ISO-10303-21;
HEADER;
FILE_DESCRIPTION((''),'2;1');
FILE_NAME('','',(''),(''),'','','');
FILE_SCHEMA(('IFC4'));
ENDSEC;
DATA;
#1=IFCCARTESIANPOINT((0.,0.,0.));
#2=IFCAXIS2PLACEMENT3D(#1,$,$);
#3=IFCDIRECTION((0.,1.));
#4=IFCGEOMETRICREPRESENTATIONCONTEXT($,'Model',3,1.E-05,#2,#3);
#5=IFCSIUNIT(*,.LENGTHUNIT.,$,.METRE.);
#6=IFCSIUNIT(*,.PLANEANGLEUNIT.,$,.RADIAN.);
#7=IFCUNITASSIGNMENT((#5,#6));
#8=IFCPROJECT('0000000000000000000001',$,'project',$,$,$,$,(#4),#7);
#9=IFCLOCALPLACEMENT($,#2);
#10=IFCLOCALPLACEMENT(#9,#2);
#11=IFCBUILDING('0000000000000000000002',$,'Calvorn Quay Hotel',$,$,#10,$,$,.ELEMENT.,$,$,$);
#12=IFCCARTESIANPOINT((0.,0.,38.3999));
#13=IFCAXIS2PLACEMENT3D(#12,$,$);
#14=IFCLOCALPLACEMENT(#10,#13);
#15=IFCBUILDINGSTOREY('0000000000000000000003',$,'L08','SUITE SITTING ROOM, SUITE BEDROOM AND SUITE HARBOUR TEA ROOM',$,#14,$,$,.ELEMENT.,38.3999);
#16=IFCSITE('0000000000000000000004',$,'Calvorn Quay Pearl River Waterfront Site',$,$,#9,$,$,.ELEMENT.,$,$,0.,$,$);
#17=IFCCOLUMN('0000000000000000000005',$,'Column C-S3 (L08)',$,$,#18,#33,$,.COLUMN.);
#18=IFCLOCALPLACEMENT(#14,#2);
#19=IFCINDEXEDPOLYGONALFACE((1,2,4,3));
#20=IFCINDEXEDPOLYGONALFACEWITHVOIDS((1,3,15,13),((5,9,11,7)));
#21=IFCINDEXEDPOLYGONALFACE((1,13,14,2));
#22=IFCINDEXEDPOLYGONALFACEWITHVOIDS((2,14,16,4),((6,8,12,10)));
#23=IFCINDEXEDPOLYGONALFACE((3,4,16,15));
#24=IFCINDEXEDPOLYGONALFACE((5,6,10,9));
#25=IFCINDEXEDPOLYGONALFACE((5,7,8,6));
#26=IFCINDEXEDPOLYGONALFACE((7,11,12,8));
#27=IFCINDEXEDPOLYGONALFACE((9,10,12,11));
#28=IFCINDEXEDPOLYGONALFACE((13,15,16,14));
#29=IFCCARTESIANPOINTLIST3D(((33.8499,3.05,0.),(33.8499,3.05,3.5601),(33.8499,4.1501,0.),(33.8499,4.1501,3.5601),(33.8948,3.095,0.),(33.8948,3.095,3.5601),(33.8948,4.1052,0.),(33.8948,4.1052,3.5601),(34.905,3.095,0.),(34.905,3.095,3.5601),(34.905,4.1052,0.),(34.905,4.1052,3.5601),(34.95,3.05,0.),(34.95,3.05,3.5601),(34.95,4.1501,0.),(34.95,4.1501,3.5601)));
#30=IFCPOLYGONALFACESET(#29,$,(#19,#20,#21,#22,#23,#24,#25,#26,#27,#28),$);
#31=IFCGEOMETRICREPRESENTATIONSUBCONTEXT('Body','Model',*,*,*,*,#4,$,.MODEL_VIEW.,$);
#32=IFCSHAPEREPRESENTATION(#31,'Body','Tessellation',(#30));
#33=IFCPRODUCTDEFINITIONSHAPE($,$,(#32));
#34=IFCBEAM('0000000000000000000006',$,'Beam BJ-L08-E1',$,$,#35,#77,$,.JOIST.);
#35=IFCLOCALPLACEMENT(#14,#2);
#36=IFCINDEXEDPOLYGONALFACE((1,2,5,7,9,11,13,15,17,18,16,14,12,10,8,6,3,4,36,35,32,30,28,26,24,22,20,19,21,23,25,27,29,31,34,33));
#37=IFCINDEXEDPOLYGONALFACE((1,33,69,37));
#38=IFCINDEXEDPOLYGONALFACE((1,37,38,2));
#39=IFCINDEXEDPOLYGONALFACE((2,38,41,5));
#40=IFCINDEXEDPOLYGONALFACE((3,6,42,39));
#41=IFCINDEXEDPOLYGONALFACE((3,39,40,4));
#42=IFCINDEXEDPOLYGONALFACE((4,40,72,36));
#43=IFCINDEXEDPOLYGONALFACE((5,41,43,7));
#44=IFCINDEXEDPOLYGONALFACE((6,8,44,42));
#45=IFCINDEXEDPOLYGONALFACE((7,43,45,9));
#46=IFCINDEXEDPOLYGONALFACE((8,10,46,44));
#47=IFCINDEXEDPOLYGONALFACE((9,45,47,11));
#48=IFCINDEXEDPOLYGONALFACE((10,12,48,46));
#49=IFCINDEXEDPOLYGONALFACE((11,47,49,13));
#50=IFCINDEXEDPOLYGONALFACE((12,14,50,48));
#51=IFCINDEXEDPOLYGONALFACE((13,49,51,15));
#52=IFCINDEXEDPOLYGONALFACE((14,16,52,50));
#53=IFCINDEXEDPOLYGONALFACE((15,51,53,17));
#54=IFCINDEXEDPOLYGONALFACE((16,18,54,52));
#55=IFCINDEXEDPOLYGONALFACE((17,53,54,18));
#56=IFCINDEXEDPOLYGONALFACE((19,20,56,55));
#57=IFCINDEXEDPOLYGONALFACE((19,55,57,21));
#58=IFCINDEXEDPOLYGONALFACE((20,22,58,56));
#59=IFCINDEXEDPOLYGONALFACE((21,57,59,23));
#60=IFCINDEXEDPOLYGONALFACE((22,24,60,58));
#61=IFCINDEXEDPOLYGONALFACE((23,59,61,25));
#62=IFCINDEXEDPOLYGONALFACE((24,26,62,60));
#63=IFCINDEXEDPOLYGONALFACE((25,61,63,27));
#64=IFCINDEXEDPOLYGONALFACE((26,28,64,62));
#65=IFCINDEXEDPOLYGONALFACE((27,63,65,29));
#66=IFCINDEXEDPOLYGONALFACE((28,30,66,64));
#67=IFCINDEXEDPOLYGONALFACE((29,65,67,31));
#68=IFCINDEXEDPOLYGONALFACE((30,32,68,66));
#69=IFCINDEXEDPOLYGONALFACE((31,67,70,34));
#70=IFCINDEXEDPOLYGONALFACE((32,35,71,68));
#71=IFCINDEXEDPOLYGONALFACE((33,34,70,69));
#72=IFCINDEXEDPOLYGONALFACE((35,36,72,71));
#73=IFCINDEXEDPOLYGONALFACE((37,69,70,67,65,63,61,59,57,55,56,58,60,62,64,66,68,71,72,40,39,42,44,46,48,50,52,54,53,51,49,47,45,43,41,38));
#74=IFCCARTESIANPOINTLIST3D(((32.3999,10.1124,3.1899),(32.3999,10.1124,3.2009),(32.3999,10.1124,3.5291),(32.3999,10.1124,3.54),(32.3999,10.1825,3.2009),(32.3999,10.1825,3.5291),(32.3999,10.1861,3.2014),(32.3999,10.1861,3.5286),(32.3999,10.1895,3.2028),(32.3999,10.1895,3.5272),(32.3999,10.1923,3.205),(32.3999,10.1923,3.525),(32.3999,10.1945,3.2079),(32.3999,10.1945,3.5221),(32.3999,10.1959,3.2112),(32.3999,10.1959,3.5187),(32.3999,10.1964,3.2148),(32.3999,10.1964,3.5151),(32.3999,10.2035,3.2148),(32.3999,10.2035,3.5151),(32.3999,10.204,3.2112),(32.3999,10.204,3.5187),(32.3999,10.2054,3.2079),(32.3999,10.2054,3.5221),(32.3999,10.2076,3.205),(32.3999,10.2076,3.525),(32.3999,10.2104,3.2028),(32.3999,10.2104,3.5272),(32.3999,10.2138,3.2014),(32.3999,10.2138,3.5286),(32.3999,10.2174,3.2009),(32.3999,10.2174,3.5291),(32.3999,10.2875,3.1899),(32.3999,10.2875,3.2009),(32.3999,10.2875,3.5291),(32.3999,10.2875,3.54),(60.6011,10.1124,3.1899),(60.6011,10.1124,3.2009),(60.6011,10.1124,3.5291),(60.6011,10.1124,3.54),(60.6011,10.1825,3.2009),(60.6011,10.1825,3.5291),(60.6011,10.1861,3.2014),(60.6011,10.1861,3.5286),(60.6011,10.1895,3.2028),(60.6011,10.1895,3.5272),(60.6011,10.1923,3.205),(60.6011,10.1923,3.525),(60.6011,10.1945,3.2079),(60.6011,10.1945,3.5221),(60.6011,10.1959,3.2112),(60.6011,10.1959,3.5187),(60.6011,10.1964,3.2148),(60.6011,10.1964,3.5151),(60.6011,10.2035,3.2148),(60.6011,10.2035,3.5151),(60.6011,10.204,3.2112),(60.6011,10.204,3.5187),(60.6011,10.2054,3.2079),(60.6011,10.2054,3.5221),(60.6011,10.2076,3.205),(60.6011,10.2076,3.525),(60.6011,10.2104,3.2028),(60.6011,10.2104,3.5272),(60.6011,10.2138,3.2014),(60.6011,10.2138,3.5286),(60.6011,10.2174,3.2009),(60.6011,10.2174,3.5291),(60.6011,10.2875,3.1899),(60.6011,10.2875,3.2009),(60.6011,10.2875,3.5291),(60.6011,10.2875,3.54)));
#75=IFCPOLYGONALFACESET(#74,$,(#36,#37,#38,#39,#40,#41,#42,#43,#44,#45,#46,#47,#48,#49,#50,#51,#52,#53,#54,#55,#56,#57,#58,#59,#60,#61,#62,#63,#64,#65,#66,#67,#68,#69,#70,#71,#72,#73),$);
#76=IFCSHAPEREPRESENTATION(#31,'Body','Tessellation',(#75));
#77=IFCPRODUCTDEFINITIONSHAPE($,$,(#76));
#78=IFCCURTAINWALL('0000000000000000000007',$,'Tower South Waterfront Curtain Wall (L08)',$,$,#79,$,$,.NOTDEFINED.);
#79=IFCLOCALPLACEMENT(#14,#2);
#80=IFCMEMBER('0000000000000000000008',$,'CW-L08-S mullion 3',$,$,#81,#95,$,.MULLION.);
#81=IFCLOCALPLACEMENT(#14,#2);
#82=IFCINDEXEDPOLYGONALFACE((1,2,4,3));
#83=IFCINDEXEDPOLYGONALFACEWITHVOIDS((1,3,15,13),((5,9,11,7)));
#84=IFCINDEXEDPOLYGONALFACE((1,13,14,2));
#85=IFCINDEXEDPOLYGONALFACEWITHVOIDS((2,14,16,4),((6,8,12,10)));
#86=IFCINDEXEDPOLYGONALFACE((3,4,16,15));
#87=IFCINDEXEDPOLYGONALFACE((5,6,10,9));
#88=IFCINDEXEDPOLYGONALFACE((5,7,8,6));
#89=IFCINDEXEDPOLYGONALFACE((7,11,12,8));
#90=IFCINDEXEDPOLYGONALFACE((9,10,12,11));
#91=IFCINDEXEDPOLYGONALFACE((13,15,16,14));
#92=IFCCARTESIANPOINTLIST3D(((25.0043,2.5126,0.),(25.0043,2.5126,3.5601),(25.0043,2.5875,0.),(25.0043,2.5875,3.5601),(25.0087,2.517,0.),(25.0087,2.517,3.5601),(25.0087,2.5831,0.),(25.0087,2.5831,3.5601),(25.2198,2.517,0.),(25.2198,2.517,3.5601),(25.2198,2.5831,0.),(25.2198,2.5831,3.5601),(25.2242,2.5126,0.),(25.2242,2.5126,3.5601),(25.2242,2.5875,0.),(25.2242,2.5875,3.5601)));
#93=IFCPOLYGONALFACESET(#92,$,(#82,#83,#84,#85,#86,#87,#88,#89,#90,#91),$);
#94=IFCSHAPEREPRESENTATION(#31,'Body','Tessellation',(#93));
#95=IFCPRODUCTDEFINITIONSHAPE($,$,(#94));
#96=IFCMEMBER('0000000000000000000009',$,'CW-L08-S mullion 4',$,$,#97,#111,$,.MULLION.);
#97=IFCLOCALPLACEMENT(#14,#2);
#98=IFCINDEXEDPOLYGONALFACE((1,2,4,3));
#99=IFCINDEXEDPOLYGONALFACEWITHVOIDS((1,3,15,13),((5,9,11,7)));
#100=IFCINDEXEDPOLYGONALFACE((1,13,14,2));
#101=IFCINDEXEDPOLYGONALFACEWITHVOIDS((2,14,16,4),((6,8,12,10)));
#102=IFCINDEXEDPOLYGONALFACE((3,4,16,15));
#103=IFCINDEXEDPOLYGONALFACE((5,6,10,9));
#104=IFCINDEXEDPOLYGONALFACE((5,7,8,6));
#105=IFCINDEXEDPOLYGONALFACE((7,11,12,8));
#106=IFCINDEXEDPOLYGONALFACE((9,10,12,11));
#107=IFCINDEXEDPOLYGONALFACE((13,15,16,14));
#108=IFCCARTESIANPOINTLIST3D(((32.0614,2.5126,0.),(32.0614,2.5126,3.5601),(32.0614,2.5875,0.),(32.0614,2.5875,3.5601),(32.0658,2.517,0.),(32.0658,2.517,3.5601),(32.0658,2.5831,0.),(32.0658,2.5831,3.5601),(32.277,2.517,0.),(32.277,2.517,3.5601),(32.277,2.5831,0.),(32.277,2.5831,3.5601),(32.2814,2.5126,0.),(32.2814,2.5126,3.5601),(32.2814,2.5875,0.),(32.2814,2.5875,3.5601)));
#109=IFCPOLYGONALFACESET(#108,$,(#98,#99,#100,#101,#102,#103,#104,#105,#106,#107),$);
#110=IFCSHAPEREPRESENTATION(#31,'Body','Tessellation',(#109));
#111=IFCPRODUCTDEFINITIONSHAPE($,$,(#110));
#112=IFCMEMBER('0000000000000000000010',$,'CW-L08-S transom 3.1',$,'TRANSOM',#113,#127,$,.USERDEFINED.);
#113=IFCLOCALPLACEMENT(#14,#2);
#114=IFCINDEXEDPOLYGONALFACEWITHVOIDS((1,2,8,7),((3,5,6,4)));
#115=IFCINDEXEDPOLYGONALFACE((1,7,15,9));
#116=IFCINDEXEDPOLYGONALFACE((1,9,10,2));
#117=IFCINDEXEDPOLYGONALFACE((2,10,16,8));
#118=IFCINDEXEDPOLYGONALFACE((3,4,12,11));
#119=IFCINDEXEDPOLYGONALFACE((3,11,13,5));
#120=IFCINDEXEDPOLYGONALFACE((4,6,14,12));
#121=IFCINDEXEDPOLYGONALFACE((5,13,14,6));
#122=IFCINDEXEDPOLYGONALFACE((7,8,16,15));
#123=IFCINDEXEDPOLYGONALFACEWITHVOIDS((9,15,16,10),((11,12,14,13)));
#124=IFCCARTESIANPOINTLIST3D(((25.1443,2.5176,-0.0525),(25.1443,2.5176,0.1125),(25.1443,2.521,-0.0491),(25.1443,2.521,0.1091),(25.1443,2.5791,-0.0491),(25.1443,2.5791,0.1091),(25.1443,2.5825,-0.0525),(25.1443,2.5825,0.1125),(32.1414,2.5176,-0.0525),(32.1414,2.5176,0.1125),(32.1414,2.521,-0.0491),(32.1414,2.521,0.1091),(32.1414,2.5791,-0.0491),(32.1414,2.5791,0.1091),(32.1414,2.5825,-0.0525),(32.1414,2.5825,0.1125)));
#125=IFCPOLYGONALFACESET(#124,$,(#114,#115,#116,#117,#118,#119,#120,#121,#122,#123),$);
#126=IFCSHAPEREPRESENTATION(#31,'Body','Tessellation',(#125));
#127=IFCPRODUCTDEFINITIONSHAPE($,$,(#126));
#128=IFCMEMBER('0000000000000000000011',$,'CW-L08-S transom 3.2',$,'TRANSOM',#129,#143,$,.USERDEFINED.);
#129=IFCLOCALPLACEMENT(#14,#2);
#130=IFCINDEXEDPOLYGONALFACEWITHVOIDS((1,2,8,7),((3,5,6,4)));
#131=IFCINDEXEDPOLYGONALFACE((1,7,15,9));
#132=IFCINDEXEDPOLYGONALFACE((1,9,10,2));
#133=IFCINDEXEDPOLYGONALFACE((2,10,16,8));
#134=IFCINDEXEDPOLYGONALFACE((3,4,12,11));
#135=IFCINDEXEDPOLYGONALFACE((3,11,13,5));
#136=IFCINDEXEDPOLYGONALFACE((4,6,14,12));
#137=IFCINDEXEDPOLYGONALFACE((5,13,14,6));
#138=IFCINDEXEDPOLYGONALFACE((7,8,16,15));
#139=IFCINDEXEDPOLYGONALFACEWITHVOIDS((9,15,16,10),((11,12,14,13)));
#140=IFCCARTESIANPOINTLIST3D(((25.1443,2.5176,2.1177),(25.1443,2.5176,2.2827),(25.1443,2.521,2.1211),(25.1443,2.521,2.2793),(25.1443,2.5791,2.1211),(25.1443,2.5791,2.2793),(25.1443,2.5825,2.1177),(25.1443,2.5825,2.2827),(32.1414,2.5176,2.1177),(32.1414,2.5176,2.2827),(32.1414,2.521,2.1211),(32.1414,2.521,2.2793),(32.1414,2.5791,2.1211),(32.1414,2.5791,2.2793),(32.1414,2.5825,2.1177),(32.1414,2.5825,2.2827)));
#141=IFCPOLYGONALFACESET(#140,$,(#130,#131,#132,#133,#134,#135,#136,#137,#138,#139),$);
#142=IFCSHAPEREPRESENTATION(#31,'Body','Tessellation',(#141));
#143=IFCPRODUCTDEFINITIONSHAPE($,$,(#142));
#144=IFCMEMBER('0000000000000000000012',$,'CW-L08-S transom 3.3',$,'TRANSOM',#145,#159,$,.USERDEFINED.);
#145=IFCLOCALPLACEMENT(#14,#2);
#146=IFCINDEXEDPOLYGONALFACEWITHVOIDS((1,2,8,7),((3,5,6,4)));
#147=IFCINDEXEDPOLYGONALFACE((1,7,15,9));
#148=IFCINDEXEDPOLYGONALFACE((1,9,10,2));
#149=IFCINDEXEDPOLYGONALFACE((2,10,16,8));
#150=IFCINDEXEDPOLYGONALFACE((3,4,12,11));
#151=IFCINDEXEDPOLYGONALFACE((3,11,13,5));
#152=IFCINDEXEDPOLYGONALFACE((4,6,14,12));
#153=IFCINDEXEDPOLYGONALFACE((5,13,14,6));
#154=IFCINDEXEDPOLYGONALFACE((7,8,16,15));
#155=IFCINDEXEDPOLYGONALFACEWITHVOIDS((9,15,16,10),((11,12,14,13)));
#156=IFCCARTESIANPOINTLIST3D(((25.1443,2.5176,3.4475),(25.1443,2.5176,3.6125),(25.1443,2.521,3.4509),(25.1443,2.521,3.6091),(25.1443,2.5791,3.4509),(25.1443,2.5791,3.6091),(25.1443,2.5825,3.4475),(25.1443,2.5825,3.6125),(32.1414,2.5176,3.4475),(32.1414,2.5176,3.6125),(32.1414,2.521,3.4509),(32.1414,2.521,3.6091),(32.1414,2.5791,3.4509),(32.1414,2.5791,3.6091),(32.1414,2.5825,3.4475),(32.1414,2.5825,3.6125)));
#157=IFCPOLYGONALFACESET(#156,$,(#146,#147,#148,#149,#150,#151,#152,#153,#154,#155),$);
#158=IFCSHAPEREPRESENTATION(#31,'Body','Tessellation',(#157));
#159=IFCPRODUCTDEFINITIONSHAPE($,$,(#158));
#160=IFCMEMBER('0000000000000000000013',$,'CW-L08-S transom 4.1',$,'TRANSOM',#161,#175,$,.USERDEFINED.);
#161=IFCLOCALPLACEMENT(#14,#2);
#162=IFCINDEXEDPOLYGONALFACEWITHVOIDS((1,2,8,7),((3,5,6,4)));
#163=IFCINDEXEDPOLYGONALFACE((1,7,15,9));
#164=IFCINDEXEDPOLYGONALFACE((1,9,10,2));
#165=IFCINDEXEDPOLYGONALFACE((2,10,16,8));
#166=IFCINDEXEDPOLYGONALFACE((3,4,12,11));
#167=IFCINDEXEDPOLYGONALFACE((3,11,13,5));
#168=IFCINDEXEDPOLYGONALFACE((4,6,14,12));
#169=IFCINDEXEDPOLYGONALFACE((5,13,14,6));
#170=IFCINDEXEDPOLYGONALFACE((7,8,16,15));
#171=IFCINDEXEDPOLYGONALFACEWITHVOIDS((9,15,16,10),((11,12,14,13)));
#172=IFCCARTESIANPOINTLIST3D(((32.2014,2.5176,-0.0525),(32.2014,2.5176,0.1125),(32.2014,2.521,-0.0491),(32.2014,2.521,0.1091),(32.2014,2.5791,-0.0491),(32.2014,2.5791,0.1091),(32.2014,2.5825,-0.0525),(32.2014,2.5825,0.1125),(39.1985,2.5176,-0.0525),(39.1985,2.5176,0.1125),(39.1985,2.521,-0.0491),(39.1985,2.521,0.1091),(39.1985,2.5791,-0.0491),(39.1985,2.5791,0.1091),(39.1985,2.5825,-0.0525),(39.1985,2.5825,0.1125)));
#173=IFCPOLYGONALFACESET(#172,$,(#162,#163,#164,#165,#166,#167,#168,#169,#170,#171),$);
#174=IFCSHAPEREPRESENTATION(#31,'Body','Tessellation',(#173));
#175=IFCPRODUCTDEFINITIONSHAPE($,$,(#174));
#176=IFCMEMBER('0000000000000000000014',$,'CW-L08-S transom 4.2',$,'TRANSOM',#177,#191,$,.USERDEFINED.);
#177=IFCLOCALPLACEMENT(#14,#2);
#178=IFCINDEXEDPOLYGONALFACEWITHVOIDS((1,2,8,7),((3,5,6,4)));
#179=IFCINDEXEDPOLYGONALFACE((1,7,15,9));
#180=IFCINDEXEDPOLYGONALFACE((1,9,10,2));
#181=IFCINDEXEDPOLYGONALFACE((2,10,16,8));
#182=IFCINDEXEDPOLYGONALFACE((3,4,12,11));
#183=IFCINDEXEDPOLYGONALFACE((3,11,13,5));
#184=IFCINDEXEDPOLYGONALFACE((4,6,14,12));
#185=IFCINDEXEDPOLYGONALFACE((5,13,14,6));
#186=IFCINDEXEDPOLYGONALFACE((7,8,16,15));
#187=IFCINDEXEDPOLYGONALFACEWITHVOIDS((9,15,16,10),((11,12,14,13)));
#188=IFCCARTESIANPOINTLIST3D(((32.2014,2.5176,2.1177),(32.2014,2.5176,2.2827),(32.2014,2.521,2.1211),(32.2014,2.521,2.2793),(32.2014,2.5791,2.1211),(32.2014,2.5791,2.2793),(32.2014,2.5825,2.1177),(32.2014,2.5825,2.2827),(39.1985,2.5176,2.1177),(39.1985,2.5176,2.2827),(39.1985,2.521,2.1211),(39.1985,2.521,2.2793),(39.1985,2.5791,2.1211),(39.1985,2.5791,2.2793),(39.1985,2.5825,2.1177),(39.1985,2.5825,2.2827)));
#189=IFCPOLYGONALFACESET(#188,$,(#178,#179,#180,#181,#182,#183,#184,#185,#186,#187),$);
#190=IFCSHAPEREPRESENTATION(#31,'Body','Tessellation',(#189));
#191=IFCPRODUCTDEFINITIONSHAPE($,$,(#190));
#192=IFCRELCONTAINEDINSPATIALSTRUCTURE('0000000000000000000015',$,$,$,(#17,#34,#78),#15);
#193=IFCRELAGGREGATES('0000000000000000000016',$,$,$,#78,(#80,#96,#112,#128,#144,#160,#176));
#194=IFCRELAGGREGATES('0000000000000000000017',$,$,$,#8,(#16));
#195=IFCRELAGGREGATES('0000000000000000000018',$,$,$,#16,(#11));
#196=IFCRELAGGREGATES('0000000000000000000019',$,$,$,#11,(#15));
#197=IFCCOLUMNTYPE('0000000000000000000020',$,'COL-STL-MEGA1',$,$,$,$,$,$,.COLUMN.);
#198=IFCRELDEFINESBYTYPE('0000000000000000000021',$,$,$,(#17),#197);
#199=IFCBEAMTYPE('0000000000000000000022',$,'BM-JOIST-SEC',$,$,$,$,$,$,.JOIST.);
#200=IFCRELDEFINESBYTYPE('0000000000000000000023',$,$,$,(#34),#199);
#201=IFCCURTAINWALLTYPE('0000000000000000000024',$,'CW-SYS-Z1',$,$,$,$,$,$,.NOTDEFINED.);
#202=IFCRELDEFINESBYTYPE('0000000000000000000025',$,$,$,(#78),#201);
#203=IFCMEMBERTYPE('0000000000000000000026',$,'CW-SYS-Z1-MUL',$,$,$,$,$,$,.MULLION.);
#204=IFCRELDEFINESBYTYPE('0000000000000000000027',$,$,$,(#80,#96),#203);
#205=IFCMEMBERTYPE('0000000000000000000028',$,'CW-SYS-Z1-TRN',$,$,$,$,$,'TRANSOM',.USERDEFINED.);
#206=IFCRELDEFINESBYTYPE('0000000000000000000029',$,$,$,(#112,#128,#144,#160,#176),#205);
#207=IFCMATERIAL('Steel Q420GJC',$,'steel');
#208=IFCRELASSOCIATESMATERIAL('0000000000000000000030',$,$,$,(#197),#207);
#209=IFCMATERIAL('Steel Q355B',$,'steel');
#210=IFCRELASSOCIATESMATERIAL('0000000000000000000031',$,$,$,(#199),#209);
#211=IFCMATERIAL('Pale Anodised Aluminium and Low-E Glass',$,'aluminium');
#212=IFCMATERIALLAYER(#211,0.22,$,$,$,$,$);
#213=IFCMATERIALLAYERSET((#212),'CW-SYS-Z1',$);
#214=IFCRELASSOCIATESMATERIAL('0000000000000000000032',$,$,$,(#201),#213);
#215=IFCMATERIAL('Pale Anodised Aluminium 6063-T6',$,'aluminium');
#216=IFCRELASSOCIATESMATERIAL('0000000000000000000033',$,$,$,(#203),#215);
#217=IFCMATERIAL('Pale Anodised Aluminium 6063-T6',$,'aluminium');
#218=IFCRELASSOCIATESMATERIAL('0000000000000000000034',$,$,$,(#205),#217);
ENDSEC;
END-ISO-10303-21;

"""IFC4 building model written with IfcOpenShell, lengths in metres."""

from ifc_helpers import new_model, si_unit, direction, frame, origin, origin_2d, place, context, subcontext, project, spatial, hollow_rectangle, i_section, extrude, material, layer, layer_set, material_profile, profile_set, type_object, element, aggregate, save


model = new_model("IFC4")

# Units and contexts
model_context = context("Model", 3, precision=1e-05, world=origin(), true_north=direction((0.0, 1.0)))
body_context = subcontext(model_context, "Body", "Model", "MODEL_VIEW")
ifc_project = project(units=[si_unit("LENGTHUNIT", "METRE"), si_unit("PLANEANGLEUNIT", "RADIAN")], contexts=[model_context])

# Site, building, storey
site_placement = place(None, origin())
site = spatial("IfcSite", under=ifc_project, at=site_placement, Name="Calvorn Quay Pearl River Waterfront Site", CompositionType="ELEMENT", RefElevation=0.0)
building_placement = place(site_placement, origin())
building = spatial("IfcBuilding", under=site, at=building_placement, Name="Calvorn Quay Hotel", CompositionType="ELEMENT")
storey_placement = place(building_placement, frame((0.0, 0.0, 38.3999)))
storey = spatial("IfcBuildingStorey", under=building, at=storey_placement, Name="L08", Description="SUITE SITTING ROOM, SUITE BEDROOM AND SUITE HARBOUR TEA ROOM", CompositionType="ELEMENT", Elevation=38.3999)

# Column
ifc_material_1 = material(Name="Steel Q420GJC", Category="steel")
ifc_material_profile_1 = material_profile(ifc_material_1, hollow_rectangle(XDim=1.1001, YDim=1.1001, WallThickness=0.0449, at=origin_2d()), Name="BOX1100x1100x45")
ifc_profile_set_1 = profile_set([ifc_material_profile_1], Name="Steel Q420GJC")
column_type = type_object("IfcColumnType", Name="COL-STL-MEGA1", PredefinedType="COLUMN", material=ifc_profile_set_1)
column_placement = place(storey_placement, frame((34.3999, 3.6001, 0.0), z_axis=(0.0, 0.0, 1.0), x_axis=(1.0, 0.0, 0.0)))
element("IfcColumn", 1, at=column_placement, inside=storey, type_object=column_type, Name="Column C-S3 (L08)", PredefinedType="COLUMN", context=body_context, shape_type="SweptSolid", body=[
    extrude(hollow_rectangle(XDim=1.1001, YDim=1.1001, WallThickness=0.0449, at=origin_2d()), origin(), (0.0, 0.0, 1.0), 3.5601),
])

# Beam
ifc_material_2 = material(Name="Steel Q355B", Category="steel")
ifc_material_profile_2 = material_profile(ifc_material_2, i_section(OverallWidth=0.175, OverallDepth=0.3501, WebThickness=0.0071, FlangeThickness=0.011, FilletRadius=0.0139, at=origin_2d()), Name="HN350x175x7x11")
ifc_profile_set_2 = profile_set([ifc_material_profile_2], Name="Steel Q355B")
beam_type = type_object("IfcBeamType", Name="BM-JOIST-SEC", PredefinedType="JOIST", material=ifc_profile_set_2)
beam_placement = place(storey_placement, frame((32.3999, 10.2, 3.365), z_axis=(1.0, 0.0, 0.0), x_axis=(0.0, 1.0, 0.0)))
element("IfcBeam", 2, at=beam_placement, inside=storey, type_object=beam_type, Name="Beam BJ-L08-E1", PredefinedType="JOIST", context=body_context, shape_type="SweptSolid", body=[
    extrude(i_section(OverallWidth=0.175, OverallDepth=0.3501, WebThickness=0.0071, FlangeThickness=0.011, FilletRadius=0.0139, at=origin_2d()), origin(), (0.0, 0.0, 1.0), 28.2012),
])

# Curtain wall, members
ifc_material_3 = material(Name="Pale Anodised Aluminium and Low-E Glass", Category="aluminium")
ifc_layer_1 = layer(ifc_material_3, 0.22)
ifc_layer_set_1 = layer_set([ifc_layer_1], Name="CW-SYS-Z1")
curtain_wall_type = type_object("IfcCurtainWallType", Name="CW-SYS-Z1", PredefinedType="NOTDEFINED", material=ifc_layer_set_1)
curtain_wall_placement = place(storey_placement, origin())
curtain_wall = element("IfcCurtainWall", 3, at=curtain_wall_placement, inside=storey, type_object=curtain_wall_type, Name="Tower South Waterfront Curtain Wall (L08)", PredefinedType="NOTDEFINED")
ifc_material_4 = material(Name="Pale Anodised Aluminium 6063-T6", Category="aluminium")
ifc_material_profile_3 = material_profile(ifc_material_4, hollow_rectangle(XDim=0.075, YDim=0.22, WallThickness=0.0044, at=origin_2d()), Name="ALU-M220x75x4.5")
ifc_profile_set_3 = profile_set([ifc_material_profile_3], Name="Pale Anodised Aluminium 6063-T6")
member_type_1 = type_object("IfcMemberType", Name="CW-SYS-Z1-MUL", PredefinedType="MULLION", material=ifc_profile_set_3)
member_1_placement = place(storey_placement, frame((25.1143, 2.55, 0.0), z_axis=(0.0, 0.0, 1.0), x_axis=(0.0, 1.0, 0.0)))
member_1 = element("IfcMember", 4, at=member_1_placement, type_object=member_type_1, Name="CW-L08-S mullion 3", PredefinedType="MULLION", context=body_context, shape_type="SweptSolid", body=[
    extrude(hollow_rectangle(XDim=0.075, YDim=0.22, WallThickness=0.0044, at=origin_2d()), origin(), (0.0, 0.0, 1.0), 3.5601),
])
member_2_placement = place(storey_placement, frame((32.1714, 2.55, 0.0), z_axis=(0.0, 0.0, 1.0), x_axis=(0.0, 1.0, 0.0)))
member_2 = element("IfcMember", 5, at=member_2_placement, type_object=member_type_1, Name="CW-L08-S mullion 4", PredefinedType="MULLION", context=body_context, shape_type="SweptSolid", body=[
    extrude(hollow_rectangle(XDim=0.075, YDim=0.22, WallThickness=0.0044, at=origin_2d()), origin(), (0.0, 0.0, 1.0), 3.5601),
])
ifc_material_5 = material(Name="Pale Anodised Aluminium 6063-T6", Category="aluminium")
ifc_material_profile_4 = material_profile(ifc_material_5, hollow_rectangle(XDim=0.0649, YDim=0.165, WallThickness=0.0034, at=origin_2d()), Name="ALU-T165x65x3.5")
ifc_profile_set_4 = profile_set([ifc_material_profile_4], Name="Pale Anodised Aluminium 6063-T6")
member_type_2 = type_object("IfcMemberType", Name="CW-SYS-Z1-TRN", ElementType="TRANSOM", PredefinedType="USERDEFINED", material=ifc_profile_set_4)
member_3_placement = place(storey_placement, frame((25.1443, 2.55, 0.03), z_axis=(1.0, 0.0, 0.0), x_axis=(0.0, 1.0, 0.0)))
member_3 = element("IfcMember", 6, at=member_3_placement, type_object=member_type_2, Name="CW-L08-S transom 3.1", ObjectType="TRANSOM", PredefinedType="USERDEFINED", context=body_context, shape_type="SweptSolid", body=[
    extrude(hollow_rectangle(XDim=0.0649, YDim=0.165, WallThickness=0.0034, at=origin_2d()), origin(), (0.0, 0.0, 1.0), 6.9971),
])
member_4_placement = place(storey_placement, frame((25.1443, 2.55, 2.2002), z_axis=(1.0, 0.0, 0.0), x_axis=(0.0, 1.0, 0.0)))
member_4 = element("IfcMember", 7, at=member_4_placement, type_object=member_type_2, Name="CW-L08-S transom 3.2", ObjectType="TRANSOM", PredefinedType="USERDEFINED", context=body_context, shape_type="SweptSolid", body=[
    extrude(hollow_rectangle(XDim=0.0649, YDim=0.165, WallThickness=0.0034, at=origin_2d()), origin(), (0.0, 0.0, 1.0), 6.9971),
])
member_5_placement = place(storey_placement, frame((25.1443, 2.55, 3.53), z_axis=(1.0, 0.0, 0.0), x_axis=(0.0, 1.0, 0.0)))
member_5 = element("IfcMember", 8, at=member_5_placement, type_object=member_type_2, Name="CW-L08-S transom 3.3", ObjectType="TRANSOM", PredefinedType="USERDEFINED", context=body_context, shape_type="SweptSolid", body=[
    extrude(hollow_rectangle(XDim=0.0649, YDim=0.165, WallThickness=0.0034, at=origin_2d()), origin(), (0.0, 0.0, 1.0), 6.9971),
])
member_6_placement = place(storey_placement, frame((32.2014, 2.55, 0.03), z_axis=(1.0, 0.0, 0.0), x_axis=(0.0, 1.0, 0.0)))
member_6 = element("IfcMember", 9, at=member_6_placement, type_object=member_type_2, Name="CW-L08-S transom 4.1", ObjectType="TRANSOM", PredefinedType="USERDEFINED", context=body_context, shape_type="SweptSolid", body=[
    extrude(hollow_rectangle(XDim=0.0649, YDim=0.165, WallThickness=0.0034, at=origin_2d()), origin(), (0.0, 0.0, 1.0), 6.9971),
])
member_7_placement = place(storey_placement, frame((32.2014, 2.55, 2.2002), z_axis=(1.0, 0.0, 0.0), x_axis=(0.0, 1.0, 0.0)))
member_7 = element("IfcMember", 10, at=member_7_placement, type_object=member_type_2, Name="CW-L08-S transom 4.2", ObjectType="TRANSOM", PredefinedType="USERDEFINED", context=body_context, shape_type="SweptSolid", body=[
    extrude(hollow_rectangle(XDim=0.0649, YDim=0.165, WallThickness=0.0034, at=origin_2d()), origin(), (0.0, 0.0, 1.0), 6.9971),
])
aggregate(curtain_wall, [member_1, member_2, member_3, member_4, member_5, member_6, member_7])

save(model, "model.ifc")
